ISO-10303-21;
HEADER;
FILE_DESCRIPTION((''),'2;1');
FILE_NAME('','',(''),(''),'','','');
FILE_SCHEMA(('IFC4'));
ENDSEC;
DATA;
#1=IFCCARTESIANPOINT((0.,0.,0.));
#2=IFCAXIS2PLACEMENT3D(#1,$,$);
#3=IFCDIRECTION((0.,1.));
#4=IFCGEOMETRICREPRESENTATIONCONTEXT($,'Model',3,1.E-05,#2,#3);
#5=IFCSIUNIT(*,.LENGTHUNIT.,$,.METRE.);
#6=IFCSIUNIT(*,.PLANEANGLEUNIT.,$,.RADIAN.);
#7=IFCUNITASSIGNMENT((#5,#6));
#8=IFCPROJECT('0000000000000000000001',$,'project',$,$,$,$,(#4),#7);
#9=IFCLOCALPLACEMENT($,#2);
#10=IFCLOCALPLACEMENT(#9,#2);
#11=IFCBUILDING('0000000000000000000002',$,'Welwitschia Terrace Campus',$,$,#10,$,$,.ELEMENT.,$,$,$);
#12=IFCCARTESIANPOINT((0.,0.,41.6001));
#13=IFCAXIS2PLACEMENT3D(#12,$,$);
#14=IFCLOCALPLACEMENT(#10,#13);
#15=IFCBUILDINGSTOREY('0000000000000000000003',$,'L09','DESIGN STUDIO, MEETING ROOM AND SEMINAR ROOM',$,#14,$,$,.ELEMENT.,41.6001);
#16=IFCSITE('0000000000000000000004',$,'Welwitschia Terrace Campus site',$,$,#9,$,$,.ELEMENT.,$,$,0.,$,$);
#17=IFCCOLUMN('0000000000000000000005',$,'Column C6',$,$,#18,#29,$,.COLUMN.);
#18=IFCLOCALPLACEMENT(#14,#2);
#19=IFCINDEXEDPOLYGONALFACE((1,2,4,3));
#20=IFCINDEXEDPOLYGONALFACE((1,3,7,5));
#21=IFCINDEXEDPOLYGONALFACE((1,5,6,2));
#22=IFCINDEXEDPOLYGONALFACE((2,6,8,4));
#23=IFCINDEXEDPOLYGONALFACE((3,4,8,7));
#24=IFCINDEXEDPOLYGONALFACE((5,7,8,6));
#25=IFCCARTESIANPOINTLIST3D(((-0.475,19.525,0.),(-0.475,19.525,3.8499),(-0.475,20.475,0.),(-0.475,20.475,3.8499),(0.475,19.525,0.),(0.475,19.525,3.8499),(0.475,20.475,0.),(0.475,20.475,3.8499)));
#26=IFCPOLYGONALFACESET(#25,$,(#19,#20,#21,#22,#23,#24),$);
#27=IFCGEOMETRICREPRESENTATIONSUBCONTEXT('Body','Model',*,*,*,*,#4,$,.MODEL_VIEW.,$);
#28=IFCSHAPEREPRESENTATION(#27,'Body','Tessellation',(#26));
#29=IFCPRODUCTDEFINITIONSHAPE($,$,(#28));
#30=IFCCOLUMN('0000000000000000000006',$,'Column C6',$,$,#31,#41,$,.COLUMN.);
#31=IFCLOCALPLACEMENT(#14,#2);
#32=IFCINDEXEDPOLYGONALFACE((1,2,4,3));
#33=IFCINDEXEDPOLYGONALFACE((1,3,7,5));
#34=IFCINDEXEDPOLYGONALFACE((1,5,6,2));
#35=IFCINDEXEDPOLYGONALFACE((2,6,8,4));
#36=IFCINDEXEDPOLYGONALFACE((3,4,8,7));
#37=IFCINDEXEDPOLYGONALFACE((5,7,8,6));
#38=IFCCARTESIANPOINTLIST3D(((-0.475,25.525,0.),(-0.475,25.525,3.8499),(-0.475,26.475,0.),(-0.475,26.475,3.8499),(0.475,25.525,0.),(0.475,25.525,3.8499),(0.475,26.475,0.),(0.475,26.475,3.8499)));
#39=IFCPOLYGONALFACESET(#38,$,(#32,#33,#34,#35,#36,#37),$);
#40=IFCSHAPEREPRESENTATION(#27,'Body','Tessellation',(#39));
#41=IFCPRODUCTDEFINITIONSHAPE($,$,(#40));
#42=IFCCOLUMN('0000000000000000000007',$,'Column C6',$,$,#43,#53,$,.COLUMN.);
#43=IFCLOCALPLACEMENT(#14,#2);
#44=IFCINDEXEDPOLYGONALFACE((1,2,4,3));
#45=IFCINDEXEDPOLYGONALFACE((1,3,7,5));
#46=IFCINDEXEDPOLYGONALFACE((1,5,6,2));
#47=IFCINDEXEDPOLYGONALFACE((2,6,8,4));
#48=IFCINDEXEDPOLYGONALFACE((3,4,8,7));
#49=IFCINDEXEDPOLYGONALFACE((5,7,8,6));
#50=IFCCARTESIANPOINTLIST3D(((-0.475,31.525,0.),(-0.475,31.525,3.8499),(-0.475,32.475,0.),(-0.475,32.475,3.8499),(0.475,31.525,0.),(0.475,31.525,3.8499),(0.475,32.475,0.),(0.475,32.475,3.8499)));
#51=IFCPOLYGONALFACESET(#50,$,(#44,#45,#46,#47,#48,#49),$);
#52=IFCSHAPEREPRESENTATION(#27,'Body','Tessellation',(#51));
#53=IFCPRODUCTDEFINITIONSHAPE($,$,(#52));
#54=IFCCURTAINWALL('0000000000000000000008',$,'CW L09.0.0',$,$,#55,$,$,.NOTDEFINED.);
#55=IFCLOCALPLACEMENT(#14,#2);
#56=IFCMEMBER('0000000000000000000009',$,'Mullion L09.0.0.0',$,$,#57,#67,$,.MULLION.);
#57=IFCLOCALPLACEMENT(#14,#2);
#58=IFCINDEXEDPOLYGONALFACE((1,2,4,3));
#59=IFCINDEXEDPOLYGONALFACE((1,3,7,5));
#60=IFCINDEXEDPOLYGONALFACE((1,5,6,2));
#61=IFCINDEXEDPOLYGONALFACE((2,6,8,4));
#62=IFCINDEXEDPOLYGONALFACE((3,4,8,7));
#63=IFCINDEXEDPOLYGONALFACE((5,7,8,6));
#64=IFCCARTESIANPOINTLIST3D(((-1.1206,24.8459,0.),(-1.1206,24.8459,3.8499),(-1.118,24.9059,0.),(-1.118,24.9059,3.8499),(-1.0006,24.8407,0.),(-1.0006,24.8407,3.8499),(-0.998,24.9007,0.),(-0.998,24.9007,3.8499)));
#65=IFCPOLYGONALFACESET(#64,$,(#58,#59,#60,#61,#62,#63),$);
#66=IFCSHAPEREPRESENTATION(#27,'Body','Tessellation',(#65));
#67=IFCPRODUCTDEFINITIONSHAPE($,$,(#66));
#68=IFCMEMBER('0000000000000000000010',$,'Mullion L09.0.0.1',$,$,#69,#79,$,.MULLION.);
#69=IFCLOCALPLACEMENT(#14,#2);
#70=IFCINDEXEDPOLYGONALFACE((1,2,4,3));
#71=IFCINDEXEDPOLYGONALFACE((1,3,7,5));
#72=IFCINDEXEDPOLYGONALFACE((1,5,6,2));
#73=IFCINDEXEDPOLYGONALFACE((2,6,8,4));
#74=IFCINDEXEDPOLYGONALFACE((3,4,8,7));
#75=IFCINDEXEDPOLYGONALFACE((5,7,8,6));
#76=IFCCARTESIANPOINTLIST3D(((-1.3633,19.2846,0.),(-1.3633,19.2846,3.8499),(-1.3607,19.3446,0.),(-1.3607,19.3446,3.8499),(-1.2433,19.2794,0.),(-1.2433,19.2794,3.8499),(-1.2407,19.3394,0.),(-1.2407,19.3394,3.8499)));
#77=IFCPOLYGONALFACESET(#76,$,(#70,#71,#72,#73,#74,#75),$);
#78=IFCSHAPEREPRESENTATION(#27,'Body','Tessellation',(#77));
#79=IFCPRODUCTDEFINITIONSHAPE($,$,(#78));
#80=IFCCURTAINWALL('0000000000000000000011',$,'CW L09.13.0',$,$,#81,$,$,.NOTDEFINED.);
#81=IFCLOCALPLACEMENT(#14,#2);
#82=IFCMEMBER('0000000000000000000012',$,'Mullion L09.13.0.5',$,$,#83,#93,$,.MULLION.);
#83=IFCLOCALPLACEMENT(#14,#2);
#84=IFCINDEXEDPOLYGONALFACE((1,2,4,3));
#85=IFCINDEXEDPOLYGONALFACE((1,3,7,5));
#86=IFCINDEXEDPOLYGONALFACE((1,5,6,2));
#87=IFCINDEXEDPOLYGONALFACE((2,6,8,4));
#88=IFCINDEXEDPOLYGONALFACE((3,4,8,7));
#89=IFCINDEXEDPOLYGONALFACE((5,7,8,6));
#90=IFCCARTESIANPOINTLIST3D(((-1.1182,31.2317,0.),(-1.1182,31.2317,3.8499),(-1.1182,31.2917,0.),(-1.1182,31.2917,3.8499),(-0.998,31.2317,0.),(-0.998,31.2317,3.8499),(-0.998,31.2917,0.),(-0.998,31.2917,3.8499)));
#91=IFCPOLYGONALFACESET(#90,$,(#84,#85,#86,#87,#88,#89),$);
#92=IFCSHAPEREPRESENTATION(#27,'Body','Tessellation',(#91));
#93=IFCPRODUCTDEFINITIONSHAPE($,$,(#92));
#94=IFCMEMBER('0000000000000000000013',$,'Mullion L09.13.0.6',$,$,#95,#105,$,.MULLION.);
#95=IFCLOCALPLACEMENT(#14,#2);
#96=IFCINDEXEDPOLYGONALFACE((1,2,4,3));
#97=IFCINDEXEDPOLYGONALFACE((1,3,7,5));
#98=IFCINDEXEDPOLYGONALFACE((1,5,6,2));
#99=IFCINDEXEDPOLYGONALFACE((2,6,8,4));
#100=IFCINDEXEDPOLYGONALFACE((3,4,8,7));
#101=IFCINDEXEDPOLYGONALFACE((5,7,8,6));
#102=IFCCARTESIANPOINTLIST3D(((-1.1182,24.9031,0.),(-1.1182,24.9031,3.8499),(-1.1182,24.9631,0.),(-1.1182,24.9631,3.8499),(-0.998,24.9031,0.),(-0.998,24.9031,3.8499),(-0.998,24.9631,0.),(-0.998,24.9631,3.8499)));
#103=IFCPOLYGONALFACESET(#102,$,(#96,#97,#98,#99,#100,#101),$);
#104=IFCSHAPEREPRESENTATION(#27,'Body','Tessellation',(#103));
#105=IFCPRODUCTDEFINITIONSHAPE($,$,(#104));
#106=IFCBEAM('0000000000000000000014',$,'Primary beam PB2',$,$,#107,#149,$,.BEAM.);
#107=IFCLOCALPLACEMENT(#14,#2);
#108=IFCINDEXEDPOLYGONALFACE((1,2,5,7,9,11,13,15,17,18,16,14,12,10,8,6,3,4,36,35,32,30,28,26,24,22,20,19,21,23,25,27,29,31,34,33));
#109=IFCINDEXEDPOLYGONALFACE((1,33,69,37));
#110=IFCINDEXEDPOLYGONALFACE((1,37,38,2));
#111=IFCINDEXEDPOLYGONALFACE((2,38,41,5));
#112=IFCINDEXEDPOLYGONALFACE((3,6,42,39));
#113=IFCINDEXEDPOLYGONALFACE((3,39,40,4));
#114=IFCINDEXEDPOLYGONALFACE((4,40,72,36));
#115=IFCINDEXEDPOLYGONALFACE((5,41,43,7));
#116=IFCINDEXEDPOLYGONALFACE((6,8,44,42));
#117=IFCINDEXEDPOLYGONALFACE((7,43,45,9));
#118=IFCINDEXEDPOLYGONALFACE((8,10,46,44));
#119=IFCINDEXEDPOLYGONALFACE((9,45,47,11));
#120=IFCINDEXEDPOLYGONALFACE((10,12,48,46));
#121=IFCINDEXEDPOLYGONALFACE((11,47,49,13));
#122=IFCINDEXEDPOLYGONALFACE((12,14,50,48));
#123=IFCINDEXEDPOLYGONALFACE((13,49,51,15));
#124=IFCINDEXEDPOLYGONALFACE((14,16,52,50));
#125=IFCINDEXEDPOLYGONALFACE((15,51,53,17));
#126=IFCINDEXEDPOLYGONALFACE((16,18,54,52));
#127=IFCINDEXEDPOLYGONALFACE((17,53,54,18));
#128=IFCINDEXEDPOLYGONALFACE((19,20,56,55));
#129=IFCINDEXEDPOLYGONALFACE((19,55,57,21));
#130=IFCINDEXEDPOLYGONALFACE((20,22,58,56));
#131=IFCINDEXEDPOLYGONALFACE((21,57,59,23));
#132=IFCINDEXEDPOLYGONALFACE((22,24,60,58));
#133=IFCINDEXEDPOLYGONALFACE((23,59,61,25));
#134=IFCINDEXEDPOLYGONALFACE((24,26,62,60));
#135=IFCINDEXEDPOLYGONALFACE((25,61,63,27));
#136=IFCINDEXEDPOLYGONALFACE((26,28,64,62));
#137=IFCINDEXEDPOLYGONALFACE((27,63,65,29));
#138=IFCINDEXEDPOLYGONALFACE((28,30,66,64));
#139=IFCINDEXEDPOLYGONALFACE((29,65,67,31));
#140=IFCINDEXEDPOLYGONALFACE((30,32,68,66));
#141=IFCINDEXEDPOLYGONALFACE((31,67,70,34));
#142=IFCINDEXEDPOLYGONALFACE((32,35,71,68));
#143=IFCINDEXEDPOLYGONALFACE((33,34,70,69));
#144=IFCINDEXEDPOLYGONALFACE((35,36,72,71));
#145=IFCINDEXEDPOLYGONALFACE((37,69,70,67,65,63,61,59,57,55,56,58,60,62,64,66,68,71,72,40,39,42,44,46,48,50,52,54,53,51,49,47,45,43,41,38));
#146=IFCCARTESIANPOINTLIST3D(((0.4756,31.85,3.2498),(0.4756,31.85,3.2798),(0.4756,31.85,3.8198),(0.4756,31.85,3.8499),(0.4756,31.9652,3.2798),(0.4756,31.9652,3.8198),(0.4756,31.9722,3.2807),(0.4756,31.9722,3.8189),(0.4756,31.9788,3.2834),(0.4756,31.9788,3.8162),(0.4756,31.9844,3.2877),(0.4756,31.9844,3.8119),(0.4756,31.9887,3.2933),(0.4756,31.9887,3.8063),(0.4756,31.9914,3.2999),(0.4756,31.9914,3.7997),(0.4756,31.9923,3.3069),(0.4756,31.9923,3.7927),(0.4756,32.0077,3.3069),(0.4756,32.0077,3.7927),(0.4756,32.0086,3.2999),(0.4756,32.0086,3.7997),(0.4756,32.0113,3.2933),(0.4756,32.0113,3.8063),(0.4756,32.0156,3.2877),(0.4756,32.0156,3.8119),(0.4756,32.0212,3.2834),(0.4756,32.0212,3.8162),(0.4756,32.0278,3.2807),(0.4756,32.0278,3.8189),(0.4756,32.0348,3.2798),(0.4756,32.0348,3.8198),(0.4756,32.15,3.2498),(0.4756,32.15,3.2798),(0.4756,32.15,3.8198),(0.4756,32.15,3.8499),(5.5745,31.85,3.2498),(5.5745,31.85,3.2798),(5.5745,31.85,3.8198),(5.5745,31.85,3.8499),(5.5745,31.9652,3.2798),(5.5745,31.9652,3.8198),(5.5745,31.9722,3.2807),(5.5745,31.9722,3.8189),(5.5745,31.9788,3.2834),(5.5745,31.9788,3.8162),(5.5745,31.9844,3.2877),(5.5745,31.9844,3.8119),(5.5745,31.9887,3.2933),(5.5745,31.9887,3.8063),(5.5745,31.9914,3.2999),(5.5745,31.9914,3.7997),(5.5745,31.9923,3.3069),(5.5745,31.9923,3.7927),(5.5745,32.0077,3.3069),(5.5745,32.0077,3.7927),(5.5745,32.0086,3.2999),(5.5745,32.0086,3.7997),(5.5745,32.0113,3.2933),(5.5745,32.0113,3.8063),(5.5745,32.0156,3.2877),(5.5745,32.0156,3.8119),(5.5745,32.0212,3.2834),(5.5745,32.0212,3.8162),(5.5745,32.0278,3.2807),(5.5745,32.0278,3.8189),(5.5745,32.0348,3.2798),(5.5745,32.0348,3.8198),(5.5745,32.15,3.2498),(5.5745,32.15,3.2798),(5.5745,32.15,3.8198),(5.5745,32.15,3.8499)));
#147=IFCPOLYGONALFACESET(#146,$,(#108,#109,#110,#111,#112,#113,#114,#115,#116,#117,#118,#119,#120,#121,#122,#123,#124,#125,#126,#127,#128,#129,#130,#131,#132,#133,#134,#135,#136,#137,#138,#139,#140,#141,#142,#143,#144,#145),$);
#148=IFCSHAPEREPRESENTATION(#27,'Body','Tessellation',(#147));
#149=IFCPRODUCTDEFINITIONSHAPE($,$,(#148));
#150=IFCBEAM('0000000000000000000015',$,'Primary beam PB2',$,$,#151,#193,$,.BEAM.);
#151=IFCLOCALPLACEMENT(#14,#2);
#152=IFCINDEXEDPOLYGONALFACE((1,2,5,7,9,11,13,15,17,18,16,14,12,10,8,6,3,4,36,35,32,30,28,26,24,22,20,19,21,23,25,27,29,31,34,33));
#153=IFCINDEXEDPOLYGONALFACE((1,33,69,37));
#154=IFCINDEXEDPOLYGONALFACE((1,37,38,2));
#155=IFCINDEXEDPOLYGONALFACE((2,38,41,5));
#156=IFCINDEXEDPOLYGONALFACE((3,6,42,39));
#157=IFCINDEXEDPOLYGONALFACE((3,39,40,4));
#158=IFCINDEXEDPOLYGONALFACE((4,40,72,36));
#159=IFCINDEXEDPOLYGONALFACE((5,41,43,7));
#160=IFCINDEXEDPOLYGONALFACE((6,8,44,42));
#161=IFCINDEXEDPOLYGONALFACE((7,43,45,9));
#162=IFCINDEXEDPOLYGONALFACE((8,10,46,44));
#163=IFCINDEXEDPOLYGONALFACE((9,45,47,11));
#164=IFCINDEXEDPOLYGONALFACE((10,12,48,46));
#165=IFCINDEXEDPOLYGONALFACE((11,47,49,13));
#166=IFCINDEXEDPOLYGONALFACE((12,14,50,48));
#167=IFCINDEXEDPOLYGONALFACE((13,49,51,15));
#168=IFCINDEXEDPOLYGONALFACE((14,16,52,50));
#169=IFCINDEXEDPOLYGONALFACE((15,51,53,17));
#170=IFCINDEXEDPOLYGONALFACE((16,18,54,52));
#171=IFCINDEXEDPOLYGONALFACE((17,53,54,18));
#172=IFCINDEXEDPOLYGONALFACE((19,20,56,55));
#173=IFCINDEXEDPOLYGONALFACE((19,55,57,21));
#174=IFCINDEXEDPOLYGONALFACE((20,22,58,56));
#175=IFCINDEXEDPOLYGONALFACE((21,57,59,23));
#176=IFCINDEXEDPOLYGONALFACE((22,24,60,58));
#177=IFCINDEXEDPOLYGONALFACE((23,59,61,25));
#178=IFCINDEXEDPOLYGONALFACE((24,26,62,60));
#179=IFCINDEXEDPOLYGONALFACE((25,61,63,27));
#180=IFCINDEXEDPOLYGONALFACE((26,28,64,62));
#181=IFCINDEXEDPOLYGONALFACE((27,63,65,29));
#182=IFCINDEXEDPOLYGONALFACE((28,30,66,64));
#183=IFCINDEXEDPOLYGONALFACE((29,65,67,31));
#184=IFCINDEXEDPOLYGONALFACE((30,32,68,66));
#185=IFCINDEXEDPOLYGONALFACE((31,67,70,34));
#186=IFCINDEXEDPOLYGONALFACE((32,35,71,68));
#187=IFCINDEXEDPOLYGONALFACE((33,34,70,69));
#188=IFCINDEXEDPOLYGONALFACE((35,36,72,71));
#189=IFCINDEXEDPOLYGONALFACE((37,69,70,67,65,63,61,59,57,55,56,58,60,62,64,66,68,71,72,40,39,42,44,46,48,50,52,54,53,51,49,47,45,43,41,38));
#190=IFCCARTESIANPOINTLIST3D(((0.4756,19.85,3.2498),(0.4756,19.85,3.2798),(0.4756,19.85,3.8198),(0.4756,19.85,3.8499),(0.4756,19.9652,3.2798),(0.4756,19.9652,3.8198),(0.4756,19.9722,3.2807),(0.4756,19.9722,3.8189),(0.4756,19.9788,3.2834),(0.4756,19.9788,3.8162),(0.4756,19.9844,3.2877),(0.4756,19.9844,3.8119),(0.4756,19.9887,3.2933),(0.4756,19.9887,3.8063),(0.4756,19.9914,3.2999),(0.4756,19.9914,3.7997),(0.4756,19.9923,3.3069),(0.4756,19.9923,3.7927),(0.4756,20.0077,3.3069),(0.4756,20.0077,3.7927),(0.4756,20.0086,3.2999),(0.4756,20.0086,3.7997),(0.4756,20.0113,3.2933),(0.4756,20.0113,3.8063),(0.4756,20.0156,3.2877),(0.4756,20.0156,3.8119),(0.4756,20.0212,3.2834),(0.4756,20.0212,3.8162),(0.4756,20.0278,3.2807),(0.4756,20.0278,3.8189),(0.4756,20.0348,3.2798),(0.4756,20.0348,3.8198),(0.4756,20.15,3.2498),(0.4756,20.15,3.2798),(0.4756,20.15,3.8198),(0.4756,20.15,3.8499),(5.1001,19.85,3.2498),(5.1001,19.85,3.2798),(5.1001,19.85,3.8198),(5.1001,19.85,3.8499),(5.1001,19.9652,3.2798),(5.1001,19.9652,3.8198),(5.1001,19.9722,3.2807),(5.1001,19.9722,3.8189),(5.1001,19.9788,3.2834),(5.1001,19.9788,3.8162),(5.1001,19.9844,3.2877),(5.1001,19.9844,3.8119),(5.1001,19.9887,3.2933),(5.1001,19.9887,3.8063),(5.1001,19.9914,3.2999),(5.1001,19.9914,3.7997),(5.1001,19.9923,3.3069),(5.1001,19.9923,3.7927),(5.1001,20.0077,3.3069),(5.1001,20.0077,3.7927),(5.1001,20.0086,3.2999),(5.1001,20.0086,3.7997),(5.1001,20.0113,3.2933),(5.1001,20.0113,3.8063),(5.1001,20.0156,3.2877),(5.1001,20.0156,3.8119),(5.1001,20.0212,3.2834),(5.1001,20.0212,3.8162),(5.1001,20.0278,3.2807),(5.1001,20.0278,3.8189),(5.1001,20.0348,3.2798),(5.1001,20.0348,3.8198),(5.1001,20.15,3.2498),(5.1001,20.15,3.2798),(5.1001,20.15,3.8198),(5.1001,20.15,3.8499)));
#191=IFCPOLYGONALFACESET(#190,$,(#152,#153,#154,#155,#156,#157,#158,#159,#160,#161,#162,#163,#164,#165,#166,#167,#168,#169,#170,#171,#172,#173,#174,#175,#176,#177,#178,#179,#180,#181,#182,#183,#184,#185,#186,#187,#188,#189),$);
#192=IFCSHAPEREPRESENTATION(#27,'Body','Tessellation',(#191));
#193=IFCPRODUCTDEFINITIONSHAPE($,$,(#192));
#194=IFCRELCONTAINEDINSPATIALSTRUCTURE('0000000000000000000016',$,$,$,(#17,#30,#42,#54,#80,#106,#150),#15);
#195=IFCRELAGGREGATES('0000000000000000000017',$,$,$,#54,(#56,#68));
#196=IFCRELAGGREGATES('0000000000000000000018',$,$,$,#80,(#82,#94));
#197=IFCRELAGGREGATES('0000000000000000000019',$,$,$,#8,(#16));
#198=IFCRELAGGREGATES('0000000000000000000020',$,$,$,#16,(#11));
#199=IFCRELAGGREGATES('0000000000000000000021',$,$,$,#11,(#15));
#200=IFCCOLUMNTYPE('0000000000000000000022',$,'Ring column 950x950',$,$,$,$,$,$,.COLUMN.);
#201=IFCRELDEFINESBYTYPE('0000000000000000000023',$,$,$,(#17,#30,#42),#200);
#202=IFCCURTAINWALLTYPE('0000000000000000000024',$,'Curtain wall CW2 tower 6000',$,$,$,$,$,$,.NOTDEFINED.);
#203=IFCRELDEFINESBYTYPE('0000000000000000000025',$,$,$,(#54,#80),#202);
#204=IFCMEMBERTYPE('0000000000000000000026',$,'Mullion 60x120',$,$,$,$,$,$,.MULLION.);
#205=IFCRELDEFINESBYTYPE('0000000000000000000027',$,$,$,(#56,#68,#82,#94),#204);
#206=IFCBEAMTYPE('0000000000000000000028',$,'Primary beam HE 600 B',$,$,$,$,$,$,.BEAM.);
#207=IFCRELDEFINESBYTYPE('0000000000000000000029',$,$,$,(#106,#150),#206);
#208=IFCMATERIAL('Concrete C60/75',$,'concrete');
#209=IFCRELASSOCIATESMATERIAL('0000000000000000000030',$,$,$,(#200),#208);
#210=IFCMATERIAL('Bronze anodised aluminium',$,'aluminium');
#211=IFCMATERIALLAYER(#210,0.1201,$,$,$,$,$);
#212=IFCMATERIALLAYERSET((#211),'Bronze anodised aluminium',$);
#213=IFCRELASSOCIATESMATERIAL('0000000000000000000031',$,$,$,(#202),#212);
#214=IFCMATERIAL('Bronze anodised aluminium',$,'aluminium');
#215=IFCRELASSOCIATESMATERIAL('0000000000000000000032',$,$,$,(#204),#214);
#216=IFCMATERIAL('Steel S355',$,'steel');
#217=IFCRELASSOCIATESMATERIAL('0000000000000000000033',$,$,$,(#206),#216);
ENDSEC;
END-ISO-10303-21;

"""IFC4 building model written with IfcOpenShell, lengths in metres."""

from ifc_helpers import new_model, si_unit, direction, frame, origin, origin_2d, place, context, subcontext, project, spatial, rectangle, i_section, extrude, material, layer, layer_set, material_profile, profile_set, type_object, element, aggregate, save


model = new_model("IFC4")

# Units and contexts
model_context = context("Model", 3, precision=1e-05, world=origin(), true_north=direction((0.0, 1.0)))
body_context = subcontext(model_context, "Body", "Model", "MODEL_VIEW")
ifc_project = project(units=[si_unit("LENGTHUNIT", "METRE"), si_unit("PLANEANGLEUNIT", "RADIAN")], contexts=[model_context])

# Site, building, storey
site_placement = place(None, origin())
site = spatial("IfcSite", under=ifc_project, at=site_placement, Name="Welwitschia Terrace Campus site", CompositionType="ELEMENT", RefElevation=0.0)
building_placement = place(site_placement, origin())
building = spatial("IfcBuilding", under=site, at=building_placement, Name="Welwitschia Terrace Campus", CompositionType="ELEMENT")
storey_placement = place(building_placement, frame((0.0, 0.0, 41.6001)))
storey = spatial("IfcBuildingStorey", under=building, at=storey_placement, Name="L09", Description="DESIGN STUDIO, MEETING ROOM AND SEMINAR ROOM", CompositionType="ELEMENT", Elevation=41.6001)

# Columns
ifc_material_1 = material(Name="Concrete C60/75", Category="concrete")
ifc_material_profile_1 = material_profile(ifc_material_1, rectangle(XDim=0.95, YDim=0.95, at=origin_2d()))
ifc_profile_set_1 = profile_set([ifc_material_profile_1], Name="Concrete C60/75")
column_type = type_object("IfcColumnType", Name="Ring column 950x950", PredefinedType="COLUMN", material=ifc_profile_set_1)
for number, where, z_axis, x_axis, name in (
    (1, (0.0, 20.0, 0.0), (0.0, 0.0, 1.0), (1.0, 0.0, 0.0), "Column C6"),
    (2, (0.0, 26.0, 0.0), (0.0, 0.0, 1.0), (1.0, 0.0, 0.0), "Column C6"),
    (3, (0.0, 32.0, 0.0), (0.0, 0.0, 1.0), (1.0, 0.0, 0.0), "Column C6"),
):
    element("IfcColumn", number, at=place(storey_placement, frame(where, z_axis=z_axis, x_axis=x_axis)), inside=storey, type_object=column_type, Name=name, PredefinedType="COLUMN", context=body_context, shape_type="SweptSolid", body=[
        extrude(rectangle(XDim=0.95, YDim=0.95, at=origin_2d()), origin(), (0.0, 0.0, 1.0), 3.8499),
    ])

# Curtain walls, members
ifc_material_2 = material(Name="Bronze anodised aluminium", Category="aluminium")
ifc_layer_1 = layer(ifc_material_2, 0.1201)
ifc_layer_set_1 = layer_set([ifc_layer_1], Name="Bronze anodised aluminium")
curtain_wall_type = type_object("IfcCurtainWallType", Name="Curtain wall CW2 tower 6000", PredefinedType="NOTDEFINED", material=ifc_layer_set_1)
curtain_wall_1_placement = place(storey_placement, origin())
curtain_wall_1 = element("IfcCurtainWall", 4, at=curtain_wall_1_placement, inside=storey, type_object=curtain_wall_type, Name="CW L09.0.0", PredefinedType="NOTDEFINED")
ifc_material_3 = material(Name="Bronze anodised aluminium", Category="aluminium")
ifc_material_profile_2 = material_profile(ifc_material_3, rectangle(XDim=0.1201, YDim=0.0601, at=origin_2d()))
ifc_profile_set_2 = profile_set([ifc_material_profile_2], Name="Bronze anodised aluminium")
member_type_1 = type_object("IfcMemberType", Name="Mullion 60x120", PredefinedType="MULLION", material=ifc_profile_set_2)
member_1_placement = place(storey_placement, frame((-1.0593, 24.8733, 0.0), z_axis=(0.0, 0.0, 1.0), x_axis=(0.999048, -0.043619, 0.0)))
member_1 = element("IfcMember", 5, at=member_1_placement, type_object=member_type_1, Name="Mullion L09.0.0.0", PredefinedType="MULLION", context=body_context, shape_type="SweptSolid", body=[
    extrude(rectangle(XDim=0.1201, YDim=0.0601, at=origin_2d()), origin(), (0.0, 0.0, 1.0), 3.8499),
])
member_2_placement = place(storey_placement, frame((-1.302, 19.312, 0.0), z_axis=(0.0, 0.0, 1.0), x_axis=(0.999048, -0.043619, 0.0)))
member_2 = element("IfcMember", 6, at=member_2_placement, type_object=member_type_1, Name="Mullion L09.0.0.1", PredefinedType="MULLION", context=body_context, shape_type="SweptSolid", body=[
    extrude(rectangle(XDim=0.1201, YDim=0.0601, at=origin_2d()), origin(), (0.0, 0.0, 1.0), 3.8499),
])
curtain_wall_2_placement = place(storey_placement, origin())
curtain_wall_2 = element("IfcCurtainWall", 7, at=curtain_wall_2_placement, inside=storey, type_object=curtain_wall_type, Name="CW L09.13.0", PredefinedType="NOTDEFINED")
member_3_placement = place(storey_placement, frame((-1.0581, 31.2617, 0.0), z_axis=(0.0, 0.0, 1.0), x_axis=(1.0, 0.0, 0.0)))
member_3 = element("IfcMember", 8, at=member_3_placement, type_object=member_type_1, Name="Mullion L09.13.0.5", PredefinedType="MULLION", context=body_context, shape_type="SweptSolid", body=[
    extrude(rectangle(XDim=0.1201, YDim=0.0601, at=origin_2d()), origin(), (0.0, 0.0, 1.0), 3.8499),
])
member_4_placement = place(storey_placement, frame((-1.0581, 24.9331, 0.0), z_axis=(0.0, 0.0, 1.0), x_axis=(1.0, 0.0, 0.0)))
member_4 = element("IfcMember", 9, at=member_4_placement, type_object=member_type_1, Name="Mullion L09.13.0.6", PredefinedType="MULLION", context=body_context, shape_type="SweptSolid", body=[
    extrude(rectangle(XDim=0.1201, YDim=0.0601, at=origin_2d()), origin(), (0.0, 0.0, 1.0), 3.8499),
])

# Beams
ifc_material_4 = material(Name="Steel S355", Category="steel")
ifc_material_profile_3 = material_profile(ifc_material_4, i_section(OverallWidth=0.3, OverallDepth=0.6001, WebThickness=0.0154, FlangeThickness=0.03, FilletRadius=0.0271, at=origin_2d()))
ifc_profile_set_3 = profile_set([ifc_material_profile_3], Name="Steel S355")
beam_type_1 = type_object("IfcBeamType", Name="Primary beam HE 600 B", PredefinedType="BEAM", material=ifc_profile_set_3)
beam_1_placement = place(storey_placement, frame((0.4756, 32.0, 3.5498), z_axis=(1.0, 0.0, 0.0), x_axis=(0.0, 1.0, 0.0)))
element("IfcBeam", 10, at=beam_1_placement, inside=storey, type_object=beam_type_1, Name="Primary beam PB2", PredefinedType="BEAM", context=body_context, shape_type="SweptSolid", body=[
    extrude(i_section(OverallWidth=0.3, OverallDepth=0.6001, WebThickness=0.0154, FlangeThickness=0.03, FilletRadius=0.0271, at=origin_2d()), origin(), (0.0, 0.0, 1.0), 5.0989),
])
beam_2_placement = place(storey_placement, frame((0.4756, 20.0, 3.5498), z_axis=(1.0, 0.0, 0.0), x_axis=(0.0, 1.0, 0.0)))
element("IfcBeam", 11, at=beam_2_placement, inside=storey, type_object=beam_type_1, Name="Primary beam PB2", PredefinedType="BEAM", context=body_context, shape_type="SweptSolid", body=[
    extrude(i_section(OverallWidth=0.3, OverallDepth=0.6001, WebThickness=0.0154, FlangeThickness=0.03, FilletRadius=0.0271, at=origin_2d()), origin(), (0.0, 0.0, 1.0), 4.6245),
])

aggregate(curtain_wall_1, [member_1, member_2])
aggregate(curtain_wall_2, [member_3, member_4])

save(model, "model.ifc")
